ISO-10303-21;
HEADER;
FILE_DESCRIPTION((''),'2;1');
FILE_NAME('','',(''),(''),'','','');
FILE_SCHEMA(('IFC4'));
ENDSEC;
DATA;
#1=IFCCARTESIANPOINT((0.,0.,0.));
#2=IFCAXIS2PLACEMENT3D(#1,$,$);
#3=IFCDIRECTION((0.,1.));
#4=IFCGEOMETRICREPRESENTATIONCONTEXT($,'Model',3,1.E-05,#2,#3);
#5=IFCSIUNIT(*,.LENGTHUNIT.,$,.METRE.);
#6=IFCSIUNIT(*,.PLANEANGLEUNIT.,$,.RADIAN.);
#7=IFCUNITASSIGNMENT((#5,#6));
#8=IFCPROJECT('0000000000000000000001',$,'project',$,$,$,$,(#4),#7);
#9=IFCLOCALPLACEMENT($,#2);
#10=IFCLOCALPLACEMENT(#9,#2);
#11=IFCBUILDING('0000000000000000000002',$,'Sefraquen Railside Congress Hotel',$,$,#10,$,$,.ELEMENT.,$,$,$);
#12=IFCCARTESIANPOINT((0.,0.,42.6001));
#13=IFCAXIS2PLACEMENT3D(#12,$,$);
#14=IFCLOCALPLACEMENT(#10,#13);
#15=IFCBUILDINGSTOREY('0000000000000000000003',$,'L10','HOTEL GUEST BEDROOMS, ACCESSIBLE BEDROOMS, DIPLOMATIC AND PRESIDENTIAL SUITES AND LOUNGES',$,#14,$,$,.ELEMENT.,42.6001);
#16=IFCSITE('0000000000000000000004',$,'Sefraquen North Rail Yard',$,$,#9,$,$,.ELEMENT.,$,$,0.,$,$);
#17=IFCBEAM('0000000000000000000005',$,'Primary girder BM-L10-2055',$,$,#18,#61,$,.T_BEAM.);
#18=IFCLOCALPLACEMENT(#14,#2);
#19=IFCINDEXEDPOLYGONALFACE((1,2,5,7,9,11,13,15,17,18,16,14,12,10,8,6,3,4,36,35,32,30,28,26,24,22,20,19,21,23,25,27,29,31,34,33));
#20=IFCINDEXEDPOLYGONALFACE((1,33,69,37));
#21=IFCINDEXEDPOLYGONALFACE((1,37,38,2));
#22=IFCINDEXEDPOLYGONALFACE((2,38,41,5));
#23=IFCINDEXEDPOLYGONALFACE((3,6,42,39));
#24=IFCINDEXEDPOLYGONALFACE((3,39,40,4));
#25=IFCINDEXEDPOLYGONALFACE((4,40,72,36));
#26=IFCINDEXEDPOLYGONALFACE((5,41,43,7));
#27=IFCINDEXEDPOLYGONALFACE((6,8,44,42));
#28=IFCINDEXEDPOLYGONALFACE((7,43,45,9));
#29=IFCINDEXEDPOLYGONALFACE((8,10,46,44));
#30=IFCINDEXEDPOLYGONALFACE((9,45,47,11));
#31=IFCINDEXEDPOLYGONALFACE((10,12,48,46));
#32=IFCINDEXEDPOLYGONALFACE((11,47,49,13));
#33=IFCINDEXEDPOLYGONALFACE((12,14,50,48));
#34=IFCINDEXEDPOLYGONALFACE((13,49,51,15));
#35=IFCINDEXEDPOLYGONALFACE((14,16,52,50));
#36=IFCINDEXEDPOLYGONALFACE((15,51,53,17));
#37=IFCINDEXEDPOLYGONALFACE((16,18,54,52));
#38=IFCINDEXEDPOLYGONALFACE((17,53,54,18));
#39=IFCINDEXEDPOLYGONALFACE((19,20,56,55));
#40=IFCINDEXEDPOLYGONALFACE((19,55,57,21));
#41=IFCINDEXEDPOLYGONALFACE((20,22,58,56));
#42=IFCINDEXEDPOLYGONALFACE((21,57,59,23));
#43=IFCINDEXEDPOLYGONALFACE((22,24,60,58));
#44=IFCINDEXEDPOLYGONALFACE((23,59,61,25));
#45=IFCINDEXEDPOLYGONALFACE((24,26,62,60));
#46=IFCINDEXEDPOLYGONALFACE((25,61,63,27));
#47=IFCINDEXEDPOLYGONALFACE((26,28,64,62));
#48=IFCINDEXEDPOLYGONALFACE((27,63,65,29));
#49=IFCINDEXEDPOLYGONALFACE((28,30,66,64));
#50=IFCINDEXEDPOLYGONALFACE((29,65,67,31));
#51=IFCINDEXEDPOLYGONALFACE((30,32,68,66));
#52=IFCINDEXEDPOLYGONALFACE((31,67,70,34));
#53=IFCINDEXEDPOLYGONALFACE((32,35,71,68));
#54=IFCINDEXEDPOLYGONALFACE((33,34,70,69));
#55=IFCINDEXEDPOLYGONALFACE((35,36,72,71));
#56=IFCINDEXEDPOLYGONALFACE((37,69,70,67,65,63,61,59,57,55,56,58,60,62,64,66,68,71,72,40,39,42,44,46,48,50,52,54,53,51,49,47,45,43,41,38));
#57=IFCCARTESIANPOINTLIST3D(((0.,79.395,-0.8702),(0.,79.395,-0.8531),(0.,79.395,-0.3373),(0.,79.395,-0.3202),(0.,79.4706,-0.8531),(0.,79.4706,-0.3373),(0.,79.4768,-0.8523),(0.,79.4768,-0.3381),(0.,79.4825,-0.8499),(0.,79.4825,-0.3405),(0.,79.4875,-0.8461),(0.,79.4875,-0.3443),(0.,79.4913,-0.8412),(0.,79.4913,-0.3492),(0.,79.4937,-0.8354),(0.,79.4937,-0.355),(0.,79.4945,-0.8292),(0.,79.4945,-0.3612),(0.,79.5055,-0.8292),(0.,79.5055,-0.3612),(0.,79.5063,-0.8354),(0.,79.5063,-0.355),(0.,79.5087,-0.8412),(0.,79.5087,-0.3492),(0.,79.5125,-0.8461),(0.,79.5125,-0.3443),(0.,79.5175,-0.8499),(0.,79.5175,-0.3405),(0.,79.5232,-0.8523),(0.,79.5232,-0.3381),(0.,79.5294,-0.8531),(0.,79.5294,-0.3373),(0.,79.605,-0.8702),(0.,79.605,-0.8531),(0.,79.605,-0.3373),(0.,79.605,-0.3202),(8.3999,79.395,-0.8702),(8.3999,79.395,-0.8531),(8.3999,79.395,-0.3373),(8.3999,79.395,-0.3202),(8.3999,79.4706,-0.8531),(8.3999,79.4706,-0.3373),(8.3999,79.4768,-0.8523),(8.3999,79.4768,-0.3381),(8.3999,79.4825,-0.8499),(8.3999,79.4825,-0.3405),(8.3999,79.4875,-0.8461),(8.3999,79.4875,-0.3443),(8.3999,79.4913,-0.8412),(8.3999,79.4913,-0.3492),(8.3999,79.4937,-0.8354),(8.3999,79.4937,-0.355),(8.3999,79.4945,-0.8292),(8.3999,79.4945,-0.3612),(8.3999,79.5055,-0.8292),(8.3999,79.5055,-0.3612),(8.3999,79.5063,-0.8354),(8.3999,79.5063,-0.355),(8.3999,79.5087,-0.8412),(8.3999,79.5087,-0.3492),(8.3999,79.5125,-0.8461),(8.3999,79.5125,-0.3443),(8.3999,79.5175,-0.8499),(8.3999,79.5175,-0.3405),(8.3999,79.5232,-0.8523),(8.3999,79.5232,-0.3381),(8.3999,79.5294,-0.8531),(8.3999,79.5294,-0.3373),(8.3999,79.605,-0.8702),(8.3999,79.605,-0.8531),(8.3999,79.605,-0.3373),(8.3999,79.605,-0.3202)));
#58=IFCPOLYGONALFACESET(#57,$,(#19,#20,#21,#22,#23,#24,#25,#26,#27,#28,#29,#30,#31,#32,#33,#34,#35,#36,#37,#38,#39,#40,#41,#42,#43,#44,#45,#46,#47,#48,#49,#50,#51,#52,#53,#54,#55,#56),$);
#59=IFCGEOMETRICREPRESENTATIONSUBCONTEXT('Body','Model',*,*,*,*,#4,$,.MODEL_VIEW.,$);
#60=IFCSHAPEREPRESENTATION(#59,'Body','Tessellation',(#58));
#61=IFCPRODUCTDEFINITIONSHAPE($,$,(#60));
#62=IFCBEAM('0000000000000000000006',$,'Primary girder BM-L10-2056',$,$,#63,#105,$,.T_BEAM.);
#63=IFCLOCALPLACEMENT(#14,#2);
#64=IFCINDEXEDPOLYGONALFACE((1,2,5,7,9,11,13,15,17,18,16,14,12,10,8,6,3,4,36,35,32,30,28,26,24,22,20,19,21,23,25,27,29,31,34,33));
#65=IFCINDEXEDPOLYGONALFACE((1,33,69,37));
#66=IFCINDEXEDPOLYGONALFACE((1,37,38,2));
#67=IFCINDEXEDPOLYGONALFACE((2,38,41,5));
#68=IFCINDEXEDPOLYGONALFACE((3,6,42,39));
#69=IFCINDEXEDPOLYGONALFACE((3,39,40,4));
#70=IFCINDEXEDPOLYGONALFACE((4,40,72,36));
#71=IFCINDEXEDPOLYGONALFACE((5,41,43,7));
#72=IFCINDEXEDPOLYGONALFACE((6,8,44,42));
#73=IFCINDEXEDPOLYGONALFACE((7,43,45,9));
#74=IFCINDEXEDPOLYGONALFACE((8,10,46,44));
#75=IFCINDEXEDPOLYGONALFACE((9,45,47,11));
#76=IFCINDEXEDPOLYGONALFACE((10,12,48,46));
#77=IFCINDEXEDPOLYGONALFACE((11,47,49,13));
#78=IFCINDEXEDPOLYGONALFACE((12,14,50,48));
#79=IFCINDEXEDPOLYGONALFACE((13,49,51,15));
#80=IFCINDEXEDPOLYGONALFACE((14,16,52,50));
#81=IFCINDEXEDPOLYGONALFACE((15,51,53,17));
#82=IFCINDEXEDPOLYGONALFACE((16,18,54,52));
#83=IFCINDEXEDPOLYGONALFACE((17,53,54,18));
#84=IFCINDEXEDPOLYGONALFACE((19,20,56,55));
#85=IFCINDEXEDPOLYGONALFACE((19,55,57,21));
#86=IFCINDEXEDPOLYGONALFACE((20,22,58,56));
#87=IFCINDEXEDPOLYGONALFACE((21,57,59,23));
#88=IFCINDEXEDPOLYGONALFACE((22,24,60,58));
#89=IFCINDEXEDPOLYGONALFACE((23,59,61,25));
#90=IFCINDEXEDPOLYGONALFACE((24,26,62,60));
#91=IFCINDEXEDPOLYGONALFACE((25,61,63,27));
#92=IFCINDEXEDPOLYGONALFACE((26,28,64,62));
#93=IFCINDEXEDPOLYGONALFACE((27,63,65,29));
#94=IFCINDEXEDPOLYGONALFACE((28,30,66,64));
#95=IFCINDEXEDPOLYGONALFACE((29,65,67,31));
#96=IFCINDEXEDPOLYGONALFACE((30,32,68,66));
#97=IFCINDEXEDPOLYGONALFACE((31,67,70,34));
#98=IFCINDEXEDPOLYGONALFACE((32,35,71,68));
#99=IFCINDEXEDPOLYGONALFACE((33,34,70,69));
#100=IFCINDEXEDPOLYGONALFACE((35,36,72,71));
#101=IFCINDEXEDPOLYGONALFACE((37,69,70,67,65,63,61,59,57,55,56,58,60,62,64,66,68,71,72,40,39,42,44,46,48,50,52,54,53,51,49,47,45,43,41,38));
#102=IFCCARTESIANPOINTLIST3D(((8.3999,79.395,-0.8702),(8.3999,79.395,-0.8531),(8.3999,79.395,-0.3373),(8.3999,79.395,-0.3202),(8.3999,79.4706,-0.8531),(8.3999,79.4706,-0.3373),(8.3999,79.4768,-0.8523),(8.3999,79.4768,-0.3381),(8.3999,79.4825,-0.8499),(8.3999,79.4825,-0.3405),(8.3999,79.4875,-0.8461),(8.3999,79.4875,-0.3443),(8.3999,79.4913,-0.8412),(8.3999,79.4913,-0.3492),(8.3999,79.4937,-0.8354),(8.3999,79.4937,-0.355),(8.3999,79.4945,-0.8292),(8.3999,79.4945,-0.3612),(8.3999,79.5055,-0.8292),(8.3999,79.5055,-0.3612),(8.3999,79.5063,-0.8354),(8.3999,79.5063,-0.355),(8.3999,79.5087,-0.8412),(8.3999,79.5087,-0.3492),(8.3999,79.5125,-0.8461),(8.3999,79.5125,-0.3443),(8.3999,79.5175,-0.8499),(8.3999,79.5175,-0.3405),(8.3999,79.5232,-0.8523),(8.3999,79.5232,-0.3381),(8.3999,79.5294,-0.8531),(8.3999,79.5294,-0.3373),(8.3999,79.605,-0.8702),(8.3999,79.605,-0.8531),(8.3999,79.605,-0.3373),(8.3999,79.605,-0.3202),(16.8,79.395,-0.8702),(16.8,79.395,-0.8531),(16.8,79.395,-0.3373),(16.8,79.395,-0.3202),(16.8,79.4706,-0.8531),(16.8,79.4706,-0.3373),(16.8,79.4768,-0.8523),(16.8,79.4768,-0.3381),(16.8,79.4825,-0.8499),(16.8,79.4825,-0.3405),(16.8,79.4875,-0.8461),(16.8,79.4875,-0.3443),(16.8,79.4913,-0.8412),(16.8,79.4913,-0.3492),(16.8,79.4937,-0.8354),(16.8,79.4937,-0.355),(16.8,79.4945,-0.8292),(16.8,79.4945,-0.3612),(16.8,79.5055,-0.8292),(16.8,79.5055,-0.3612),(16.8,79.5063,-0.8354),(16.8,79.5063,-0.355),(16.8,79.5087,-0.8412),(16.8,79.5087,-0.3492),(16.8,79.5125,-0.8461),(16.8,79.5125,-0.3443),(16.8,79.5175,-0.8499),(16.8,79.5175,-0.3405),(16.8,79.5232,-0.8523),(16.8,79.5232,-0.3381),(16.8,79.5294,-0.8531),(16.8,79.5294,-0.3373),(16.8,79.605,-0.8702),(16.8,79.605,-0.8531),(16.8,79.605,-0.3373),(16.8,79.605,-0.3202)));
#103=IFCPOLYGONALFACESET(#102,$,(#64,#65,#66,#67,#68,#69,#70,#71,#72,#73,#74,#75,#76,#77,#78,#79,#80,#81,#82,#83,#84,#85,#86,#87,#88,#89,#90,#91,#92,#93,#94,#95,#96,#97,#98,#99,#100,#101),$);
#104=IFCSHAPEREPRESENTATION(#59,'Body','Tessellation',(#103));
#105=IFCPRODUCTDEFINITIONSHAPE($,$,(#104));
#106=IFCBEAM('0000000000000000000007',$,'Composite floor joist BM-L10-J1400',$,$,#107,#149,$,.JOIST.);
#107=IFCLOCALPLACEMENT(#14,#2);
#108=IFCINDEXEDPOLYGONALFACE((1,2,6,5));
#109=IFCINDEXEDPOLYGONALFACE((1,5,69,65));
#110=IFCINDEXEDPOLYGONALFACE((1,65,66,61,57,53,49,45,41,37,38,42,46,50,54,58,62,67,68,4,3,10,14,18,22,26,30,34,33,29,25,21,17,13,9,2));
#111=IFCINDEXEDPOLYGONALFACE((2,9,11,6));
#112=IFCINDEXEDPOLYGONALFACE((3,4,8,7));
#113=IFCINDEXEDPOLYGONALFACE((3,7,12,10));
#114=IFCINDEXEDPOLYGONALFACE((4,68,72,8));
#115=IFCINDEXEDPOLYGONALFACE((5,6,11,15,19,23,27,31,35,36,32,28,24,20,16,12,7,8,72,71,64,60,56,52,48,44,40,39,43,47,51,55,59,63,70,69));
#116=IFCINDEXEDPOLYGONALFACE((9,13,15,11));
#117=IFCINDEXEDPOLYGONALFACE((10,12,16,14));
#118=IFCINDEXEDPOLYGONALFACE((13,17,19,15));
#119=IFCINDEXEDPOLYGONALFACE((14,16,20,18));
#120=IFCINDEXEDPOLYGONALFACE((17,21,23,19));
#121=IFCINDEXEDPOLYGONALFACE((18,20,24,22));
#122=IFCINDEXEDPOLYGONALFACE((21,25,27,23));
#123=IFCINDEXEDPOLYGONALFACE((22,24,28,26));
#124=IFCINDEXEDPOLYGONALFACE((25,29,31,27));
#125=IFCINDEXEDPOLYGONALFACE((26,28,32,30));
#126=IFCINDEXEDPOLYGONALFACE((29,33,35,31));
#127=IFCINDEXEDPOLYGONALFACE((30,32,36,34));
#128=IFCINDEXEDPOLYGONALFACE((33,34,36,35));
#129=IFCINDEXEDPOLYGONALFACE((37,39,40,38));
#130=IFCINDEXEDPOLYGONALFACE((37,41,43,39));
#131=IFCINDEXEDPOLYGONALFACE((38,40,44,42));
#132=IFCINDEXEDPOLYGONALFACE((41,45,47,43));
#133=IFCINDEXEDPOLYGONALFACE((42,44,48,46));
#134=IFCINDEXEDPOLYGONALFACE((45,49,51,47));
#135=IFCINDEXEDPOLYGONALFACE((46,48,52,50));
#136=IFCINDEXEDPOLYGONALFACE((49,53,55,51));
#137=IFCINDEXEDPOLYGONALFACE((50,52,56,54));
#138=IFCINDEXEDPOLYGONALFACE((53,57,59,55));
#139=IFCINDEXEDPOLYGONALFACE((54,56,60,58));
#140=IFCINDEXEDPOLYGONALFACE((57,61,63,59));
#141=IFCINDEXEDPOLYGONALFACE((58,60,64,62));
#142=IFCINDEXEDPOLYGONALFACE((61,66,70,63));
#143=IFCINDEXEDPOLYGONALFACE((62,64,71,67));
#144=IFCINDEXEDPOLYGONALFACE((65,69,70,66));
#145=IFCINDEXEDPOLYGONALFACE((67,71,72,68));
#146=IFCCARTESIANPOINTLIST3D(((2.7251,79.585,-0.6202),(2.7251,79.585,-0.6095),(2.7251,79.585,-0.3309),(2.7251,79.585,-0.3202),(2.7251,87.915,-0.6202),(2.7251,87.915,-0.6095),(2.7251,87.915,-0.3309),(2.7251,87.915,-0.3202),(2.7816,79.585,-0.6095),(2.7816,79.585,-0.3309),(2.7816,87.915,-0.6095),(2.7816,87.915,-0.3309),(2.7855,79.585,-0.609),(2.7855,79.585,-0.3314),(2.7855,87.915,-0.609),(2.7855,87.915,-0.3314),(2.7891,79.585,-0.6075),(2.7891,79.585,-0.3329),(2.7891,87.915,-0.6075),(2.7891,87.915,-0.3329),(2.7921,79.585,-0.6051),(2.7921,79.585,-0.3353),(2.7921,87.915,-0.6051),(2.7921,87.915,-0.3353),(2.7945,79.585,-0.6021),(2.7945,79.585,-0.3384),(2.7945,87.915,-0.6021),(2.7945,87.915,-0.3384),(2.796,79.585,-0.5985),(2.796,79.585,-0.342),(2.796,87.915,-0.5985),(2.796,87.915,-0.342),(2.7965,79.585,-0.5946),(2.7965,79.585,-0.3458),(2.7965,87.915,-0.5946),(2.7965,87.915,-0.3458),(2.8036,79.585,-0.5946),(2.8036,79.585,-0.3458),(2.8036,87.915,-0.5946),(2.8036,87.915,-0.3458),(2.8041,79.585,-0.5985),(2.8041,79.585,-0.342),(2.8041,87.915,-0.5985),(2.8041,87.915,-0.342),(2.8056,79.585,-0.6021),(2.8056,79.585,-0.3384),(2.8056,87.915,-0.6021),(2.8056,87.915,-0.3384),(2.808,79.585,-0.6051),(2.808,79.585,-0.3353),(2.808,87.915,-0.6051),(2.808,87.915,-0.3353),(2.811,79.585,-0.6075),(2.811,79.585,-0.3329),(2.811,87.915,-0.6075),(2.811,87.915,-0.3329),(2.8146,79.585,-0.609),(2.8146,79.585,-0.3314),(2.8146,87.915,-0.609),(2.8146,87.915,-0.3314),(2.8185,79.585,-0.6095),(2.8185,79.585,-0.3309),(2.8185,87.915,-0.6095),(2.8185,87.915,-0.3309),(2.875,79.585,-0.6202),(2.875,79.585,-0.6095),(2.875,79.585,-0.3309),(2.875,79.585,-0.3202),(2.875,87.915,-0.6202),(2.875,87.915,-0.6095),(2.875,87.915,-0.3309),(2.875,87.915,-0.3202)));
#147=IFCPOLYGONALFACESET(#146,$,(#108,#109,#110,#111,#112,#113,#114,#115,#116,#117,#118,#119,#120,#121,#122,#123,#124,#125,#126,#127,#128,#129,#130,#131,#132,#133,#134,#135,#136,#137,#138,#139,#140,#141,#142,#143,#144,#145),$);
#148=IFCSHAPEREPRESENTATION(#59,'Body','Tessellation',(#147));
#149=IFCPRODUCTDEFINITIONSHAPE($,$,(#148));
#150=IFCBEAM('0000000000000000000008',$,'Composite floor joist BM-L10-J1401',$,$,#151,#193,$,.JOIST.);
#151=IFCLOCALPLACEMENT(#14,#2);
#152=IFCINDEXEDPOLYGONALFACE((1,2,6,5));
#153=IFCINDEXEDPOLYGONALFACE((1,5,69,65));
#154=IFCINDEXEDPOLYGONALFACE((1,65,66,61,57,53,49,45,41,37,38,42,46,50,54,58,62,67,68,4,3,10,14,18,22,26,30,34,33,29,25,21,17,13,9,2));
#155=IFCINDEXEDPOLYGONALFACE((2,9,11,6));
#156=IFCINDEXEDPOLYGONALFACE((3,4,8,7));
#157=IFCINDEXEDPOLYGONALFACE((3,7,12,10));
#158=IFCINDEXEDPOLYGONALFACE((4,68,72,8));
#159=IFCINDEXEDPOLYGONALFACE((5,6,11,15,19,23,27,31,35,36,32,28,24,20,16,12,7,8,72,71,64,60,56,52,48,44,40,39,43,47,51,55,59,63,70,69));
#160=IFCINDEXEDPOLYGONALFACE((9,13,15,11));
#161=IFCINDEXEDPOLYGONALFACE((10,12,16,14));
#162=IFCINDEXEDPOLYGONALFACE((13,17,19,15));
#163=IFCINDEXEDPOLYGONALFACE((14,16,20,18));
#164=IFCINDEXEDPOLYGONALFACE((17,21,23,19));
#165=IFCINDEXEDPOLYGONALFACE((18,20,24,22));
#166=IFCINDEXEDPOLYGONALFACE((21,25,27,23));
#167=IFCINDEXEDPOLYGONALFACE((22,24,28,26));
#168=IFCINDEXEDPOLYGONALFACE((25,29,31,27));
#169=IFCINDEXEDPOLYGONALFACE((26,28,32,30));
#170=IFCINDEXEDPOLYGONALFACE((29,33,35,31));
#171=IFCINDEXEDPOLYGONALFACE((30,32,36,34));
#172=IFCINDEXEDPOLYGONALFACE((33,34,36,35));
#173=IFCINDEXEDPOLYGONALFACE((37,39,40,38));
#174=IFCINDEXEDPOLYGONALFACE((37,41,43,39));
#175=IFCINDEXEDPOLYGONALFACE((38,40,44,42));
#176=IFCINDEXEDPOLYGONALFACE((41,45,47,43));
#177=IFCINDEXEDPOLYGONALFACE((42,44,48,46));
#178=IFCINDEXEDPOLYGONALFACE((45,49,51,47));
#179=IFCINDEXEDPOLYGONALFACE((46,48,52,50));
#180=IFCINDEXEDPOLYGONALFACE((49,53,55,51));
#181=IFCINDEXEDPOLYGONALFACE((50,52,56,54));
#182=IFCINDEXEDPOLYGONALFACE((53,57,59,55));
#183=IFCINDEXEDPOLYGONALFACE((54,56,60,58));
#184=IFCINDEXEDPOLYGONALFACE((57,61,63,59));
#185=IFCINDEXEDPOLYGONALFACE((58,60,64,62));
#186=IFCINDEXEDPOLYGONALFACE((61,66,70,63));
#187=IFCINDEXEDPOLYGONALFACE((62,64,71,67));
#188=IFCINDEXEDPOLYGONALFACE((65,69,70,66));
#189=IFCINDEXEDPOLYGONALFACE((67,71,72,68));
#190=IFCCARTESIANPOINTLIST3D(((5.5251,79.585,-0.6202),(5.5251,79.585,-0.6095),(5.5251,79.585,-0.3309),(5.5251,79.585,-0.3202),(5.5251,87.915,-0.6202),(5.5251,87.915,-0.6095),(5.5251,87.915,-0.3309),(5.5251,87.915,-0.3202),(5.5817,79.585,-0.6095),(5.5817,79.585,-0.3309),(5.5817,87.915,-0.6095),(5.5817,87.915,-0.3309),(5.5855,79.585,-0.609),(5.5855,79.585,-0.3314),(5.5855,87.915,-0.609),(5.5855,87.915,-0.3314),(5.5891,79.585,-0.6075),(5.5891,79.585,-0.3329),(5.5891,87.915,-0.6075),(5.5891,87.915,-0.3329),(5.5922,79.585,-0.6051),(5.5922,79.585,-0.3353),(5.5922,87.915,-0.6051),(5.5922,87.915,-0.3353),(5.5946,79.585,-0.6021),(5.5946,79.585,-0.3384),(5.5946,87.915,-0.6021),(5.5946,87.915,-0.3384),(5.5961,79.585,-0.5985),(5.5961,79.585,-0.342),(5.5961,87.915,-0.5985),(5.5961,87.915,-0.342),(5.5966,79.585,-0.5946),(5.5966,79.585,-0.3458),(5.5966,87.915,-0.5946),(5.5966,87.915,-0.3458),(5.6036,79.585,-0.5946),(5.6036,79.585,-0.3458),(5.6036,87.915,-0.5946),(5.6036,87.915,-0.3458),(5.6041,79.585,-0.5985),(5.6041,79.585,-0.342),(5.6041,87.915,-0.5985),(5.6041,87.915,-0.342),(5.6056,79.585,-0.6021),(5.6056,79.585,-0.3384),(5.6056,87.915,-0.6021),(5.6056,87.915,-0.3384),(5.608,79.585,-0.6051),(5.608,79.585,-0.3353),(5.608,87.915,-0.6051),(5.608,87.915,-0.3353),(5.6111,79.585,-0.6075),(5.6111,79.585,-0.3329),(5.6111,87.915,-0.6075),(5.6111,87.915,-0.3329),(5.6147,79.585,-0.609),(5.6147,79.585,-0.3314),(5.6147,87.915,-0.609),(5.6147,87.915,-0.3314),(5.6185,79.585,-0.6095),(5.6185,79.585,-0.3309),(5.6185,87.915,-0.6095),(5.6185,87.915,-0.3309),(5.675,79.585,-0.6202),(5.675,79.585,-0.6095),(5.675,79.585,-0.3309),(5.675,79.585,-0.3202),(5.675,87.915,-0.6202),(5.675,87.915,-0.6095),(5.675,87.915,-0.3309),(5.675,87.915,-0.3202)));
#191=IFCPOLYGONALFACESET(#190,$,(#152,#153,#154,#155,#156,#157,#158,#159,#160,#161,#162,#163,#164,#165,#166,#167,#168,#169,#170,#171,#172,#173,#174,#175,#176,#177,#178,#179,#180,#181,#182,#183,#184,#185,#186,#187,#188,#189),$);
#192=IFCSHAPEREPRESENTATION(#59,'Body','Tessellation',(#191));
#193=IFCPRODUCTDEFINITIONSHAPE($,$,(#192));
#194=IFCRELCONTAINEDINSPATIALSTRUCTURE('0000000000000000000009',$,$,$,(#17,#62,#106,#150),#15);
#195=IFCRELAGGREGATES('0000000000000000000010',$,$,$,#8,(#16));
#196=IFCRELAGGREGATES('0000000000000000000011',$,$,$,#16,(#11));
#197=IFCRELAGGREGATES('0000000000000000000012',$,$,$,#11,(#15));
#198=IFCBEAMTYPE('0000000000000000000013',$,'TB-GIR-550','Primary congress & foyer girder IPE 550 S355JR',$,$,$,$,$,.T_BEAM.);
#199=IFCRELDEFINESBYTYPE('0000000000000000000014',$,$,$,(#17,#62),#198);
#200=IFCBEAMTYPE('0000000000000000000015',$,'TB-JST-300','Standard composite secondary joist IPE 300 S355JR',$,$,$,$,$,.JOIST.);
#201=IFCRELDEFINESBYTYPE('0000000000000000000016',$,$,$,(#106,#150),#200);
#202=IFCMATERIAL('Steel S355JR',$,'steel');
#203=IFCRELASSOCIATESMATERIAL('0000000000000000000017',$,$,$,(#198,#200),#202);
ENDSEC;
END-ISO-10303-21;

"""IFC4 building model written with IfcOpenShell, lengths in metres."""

from ifc_helpers import new_model, si_unit, direction, frame, origin, origin_2d, place, context, subcontext, project, spatial, i_section, extrude, material, material_profile, profile_set, type_object, element, save


model = new_model("IFC4")

# Units and contexts
model_context = context("Model", 3, precision=1e-05, world=origin(), true_north=direction((0.0, 1.0)))
body_context = subcontext(model_context, "Body", "Model", "MODEL_VIEW")
ifc_project = project(units=[si_unit("LENGTHUNIT", "METRE"), si_unit("PLANEANGLEUNIT", "RADIAN")], contexts=[model_context])

# Site, building, storey
site_placement = place(None, origin())
site = spatial("IfcSite", under=ifc_project, at=site_placement, Name="Sefraquen North Rail Yard", CompositionType="ELEMENT", RefElevation=0.0)
building_placement = place(site_placement, origin())
building = spatial("IfcBuilding", under=site, at=building_placement, Name="Sefraquen Railside Congress Hotel", CompositionType="ELEMENT")
storey_placement = place(building_placement, frame((0.0, 0.0, 42.6001)))
storey = spatial("IfcBuildingStorey", under=building, at=storey_placement, Name="L10", Description="HOTEL GUEST BEDROOMS, ACCESSIBLE BEDROOMS, DIPLOMATIC AND PRESIDENTIAL SUITES AND LOUNGES", CompositionType="ELEMENT", Elevation=42.6001)

# Shared definitions
ifc_material_1 = material(Name="Steel S355JR", Category="steel")

# Beams
ifc_material_profile_1 = material_profile(ifc_material_1, i_section(OverallWidth=0.21, OverallDepth=0.55, WebThickness=0.011, FlangeThickness=0.0171, FilletRadius=0.0239, at=origin_2d()), Name="IPE 550")
ifc_profile_set_1 = profile_set([ifc_material_profile_1], Name="Steel S355JR")
beam_type_1 = type_object("IfcBeamType", Name="TB-GIR-550", Description="Primary congress & foyer girder IPE 550 S355JR", PredefinedType="T_BEAM", material=ifc_profile_set_1)
beam_1_placement = place(storey_placement, frame((0.0, 79.5, -0.5952), z_axis=(1.0, 0.0, 0.0), x_axis=(0.0, 1.0, 0.0)))
element("IfcBeam", 1, at=beam_1_placement, inside=storey, type_object=beam_type_1, Name="Primary girder BM-L10-2055", PredefinedType="T_BEAM", context=body_context, shape_type="SweptSolid", body=[
    extrude(i_section(OverallWidth=0.21, OverallDepth=0.55, WebThickness=0.011, FlangeThickness=0.0171, FilletRadius=0.0239, at=origin_2d()), origin(), (0.0, 0.0, 1.0), 8.3999),
])
beam_2_placement = place(storey_placement, frame((8.3999, 79.5, -0.5952), z_axis=(1.0, 0.0, 0.0), x_axis=(0.0, 1.0, 0.0)))
element("IfcBeam", 2, at=beam_2_placement, inside=storey, type_object=beam_type_1, Name="Primary girder BM-L10-2056", PredefinedType="T_BEAM", context=body_context, shape_type="SweptSolid", body=[
    extrude(i_section(OverallWidth=0.21, OverallDepth=0.55, WebThickness=0.011, FlangeThickness=0.0171, FilletRadius=0.0239, at=origin_2d()), origin(), (0.0, 0.0, 1.0), 8.4001),
])
ifc_material_profile_2 = material_profile(ifc_material_1, i_section(OverallWidth=0.1499, OverallDepth=0.3, WebThickness=0.0071, FlangeThickness=0.0107, FilletRadius=0.0149, at=origin_2d()), Name="IPE 300")
ifc_profile_set_2 = profile_set([ifc_material_profile_2], Name="Steel S355JR")
beam_type_2 = type_object("IfcBeamType", Name="TB-JST-300", Description="Standard composite secondary joist IPE 300 S355JR", PredefinedType="JOIST", material=ifc_profile_set_2)
for number, where, z_axis, x_axis, name in (
    (3, (2.8, 79.585, -0.4702), (0.0, 1.0, 0.0), (-1.0, 0.0, 0.0), "Composite floor joist BM-L10-J1400"),
    (4, (5.6001, 79.585, -0.4702), (0.0, 1.0, 0.0), (-1.0, 0.0, 0.0), "Composite floor joist BM-L10-J1401"),
):
    element("IfcBeam", number, at=place(storey_placement, frame(where, z_axis=z_axis, x_axis=x_axis)), inside=storey, type_object=beam_type_2, Name=name, PredefinedType="JOIST", context=body_context, shape_type="SweptSolid", body=[
        extrude(i_section(OverallWidth=0.1499, OverallDepth=0.3, WebThickness=0.0071, FlangeThickness=0.0107, FilletRadius=0.0149, at=origin_2d()), origin(), (0.0, 0.0, 1.0), 8.3301),
    ])

save(model, "model.ifc")
